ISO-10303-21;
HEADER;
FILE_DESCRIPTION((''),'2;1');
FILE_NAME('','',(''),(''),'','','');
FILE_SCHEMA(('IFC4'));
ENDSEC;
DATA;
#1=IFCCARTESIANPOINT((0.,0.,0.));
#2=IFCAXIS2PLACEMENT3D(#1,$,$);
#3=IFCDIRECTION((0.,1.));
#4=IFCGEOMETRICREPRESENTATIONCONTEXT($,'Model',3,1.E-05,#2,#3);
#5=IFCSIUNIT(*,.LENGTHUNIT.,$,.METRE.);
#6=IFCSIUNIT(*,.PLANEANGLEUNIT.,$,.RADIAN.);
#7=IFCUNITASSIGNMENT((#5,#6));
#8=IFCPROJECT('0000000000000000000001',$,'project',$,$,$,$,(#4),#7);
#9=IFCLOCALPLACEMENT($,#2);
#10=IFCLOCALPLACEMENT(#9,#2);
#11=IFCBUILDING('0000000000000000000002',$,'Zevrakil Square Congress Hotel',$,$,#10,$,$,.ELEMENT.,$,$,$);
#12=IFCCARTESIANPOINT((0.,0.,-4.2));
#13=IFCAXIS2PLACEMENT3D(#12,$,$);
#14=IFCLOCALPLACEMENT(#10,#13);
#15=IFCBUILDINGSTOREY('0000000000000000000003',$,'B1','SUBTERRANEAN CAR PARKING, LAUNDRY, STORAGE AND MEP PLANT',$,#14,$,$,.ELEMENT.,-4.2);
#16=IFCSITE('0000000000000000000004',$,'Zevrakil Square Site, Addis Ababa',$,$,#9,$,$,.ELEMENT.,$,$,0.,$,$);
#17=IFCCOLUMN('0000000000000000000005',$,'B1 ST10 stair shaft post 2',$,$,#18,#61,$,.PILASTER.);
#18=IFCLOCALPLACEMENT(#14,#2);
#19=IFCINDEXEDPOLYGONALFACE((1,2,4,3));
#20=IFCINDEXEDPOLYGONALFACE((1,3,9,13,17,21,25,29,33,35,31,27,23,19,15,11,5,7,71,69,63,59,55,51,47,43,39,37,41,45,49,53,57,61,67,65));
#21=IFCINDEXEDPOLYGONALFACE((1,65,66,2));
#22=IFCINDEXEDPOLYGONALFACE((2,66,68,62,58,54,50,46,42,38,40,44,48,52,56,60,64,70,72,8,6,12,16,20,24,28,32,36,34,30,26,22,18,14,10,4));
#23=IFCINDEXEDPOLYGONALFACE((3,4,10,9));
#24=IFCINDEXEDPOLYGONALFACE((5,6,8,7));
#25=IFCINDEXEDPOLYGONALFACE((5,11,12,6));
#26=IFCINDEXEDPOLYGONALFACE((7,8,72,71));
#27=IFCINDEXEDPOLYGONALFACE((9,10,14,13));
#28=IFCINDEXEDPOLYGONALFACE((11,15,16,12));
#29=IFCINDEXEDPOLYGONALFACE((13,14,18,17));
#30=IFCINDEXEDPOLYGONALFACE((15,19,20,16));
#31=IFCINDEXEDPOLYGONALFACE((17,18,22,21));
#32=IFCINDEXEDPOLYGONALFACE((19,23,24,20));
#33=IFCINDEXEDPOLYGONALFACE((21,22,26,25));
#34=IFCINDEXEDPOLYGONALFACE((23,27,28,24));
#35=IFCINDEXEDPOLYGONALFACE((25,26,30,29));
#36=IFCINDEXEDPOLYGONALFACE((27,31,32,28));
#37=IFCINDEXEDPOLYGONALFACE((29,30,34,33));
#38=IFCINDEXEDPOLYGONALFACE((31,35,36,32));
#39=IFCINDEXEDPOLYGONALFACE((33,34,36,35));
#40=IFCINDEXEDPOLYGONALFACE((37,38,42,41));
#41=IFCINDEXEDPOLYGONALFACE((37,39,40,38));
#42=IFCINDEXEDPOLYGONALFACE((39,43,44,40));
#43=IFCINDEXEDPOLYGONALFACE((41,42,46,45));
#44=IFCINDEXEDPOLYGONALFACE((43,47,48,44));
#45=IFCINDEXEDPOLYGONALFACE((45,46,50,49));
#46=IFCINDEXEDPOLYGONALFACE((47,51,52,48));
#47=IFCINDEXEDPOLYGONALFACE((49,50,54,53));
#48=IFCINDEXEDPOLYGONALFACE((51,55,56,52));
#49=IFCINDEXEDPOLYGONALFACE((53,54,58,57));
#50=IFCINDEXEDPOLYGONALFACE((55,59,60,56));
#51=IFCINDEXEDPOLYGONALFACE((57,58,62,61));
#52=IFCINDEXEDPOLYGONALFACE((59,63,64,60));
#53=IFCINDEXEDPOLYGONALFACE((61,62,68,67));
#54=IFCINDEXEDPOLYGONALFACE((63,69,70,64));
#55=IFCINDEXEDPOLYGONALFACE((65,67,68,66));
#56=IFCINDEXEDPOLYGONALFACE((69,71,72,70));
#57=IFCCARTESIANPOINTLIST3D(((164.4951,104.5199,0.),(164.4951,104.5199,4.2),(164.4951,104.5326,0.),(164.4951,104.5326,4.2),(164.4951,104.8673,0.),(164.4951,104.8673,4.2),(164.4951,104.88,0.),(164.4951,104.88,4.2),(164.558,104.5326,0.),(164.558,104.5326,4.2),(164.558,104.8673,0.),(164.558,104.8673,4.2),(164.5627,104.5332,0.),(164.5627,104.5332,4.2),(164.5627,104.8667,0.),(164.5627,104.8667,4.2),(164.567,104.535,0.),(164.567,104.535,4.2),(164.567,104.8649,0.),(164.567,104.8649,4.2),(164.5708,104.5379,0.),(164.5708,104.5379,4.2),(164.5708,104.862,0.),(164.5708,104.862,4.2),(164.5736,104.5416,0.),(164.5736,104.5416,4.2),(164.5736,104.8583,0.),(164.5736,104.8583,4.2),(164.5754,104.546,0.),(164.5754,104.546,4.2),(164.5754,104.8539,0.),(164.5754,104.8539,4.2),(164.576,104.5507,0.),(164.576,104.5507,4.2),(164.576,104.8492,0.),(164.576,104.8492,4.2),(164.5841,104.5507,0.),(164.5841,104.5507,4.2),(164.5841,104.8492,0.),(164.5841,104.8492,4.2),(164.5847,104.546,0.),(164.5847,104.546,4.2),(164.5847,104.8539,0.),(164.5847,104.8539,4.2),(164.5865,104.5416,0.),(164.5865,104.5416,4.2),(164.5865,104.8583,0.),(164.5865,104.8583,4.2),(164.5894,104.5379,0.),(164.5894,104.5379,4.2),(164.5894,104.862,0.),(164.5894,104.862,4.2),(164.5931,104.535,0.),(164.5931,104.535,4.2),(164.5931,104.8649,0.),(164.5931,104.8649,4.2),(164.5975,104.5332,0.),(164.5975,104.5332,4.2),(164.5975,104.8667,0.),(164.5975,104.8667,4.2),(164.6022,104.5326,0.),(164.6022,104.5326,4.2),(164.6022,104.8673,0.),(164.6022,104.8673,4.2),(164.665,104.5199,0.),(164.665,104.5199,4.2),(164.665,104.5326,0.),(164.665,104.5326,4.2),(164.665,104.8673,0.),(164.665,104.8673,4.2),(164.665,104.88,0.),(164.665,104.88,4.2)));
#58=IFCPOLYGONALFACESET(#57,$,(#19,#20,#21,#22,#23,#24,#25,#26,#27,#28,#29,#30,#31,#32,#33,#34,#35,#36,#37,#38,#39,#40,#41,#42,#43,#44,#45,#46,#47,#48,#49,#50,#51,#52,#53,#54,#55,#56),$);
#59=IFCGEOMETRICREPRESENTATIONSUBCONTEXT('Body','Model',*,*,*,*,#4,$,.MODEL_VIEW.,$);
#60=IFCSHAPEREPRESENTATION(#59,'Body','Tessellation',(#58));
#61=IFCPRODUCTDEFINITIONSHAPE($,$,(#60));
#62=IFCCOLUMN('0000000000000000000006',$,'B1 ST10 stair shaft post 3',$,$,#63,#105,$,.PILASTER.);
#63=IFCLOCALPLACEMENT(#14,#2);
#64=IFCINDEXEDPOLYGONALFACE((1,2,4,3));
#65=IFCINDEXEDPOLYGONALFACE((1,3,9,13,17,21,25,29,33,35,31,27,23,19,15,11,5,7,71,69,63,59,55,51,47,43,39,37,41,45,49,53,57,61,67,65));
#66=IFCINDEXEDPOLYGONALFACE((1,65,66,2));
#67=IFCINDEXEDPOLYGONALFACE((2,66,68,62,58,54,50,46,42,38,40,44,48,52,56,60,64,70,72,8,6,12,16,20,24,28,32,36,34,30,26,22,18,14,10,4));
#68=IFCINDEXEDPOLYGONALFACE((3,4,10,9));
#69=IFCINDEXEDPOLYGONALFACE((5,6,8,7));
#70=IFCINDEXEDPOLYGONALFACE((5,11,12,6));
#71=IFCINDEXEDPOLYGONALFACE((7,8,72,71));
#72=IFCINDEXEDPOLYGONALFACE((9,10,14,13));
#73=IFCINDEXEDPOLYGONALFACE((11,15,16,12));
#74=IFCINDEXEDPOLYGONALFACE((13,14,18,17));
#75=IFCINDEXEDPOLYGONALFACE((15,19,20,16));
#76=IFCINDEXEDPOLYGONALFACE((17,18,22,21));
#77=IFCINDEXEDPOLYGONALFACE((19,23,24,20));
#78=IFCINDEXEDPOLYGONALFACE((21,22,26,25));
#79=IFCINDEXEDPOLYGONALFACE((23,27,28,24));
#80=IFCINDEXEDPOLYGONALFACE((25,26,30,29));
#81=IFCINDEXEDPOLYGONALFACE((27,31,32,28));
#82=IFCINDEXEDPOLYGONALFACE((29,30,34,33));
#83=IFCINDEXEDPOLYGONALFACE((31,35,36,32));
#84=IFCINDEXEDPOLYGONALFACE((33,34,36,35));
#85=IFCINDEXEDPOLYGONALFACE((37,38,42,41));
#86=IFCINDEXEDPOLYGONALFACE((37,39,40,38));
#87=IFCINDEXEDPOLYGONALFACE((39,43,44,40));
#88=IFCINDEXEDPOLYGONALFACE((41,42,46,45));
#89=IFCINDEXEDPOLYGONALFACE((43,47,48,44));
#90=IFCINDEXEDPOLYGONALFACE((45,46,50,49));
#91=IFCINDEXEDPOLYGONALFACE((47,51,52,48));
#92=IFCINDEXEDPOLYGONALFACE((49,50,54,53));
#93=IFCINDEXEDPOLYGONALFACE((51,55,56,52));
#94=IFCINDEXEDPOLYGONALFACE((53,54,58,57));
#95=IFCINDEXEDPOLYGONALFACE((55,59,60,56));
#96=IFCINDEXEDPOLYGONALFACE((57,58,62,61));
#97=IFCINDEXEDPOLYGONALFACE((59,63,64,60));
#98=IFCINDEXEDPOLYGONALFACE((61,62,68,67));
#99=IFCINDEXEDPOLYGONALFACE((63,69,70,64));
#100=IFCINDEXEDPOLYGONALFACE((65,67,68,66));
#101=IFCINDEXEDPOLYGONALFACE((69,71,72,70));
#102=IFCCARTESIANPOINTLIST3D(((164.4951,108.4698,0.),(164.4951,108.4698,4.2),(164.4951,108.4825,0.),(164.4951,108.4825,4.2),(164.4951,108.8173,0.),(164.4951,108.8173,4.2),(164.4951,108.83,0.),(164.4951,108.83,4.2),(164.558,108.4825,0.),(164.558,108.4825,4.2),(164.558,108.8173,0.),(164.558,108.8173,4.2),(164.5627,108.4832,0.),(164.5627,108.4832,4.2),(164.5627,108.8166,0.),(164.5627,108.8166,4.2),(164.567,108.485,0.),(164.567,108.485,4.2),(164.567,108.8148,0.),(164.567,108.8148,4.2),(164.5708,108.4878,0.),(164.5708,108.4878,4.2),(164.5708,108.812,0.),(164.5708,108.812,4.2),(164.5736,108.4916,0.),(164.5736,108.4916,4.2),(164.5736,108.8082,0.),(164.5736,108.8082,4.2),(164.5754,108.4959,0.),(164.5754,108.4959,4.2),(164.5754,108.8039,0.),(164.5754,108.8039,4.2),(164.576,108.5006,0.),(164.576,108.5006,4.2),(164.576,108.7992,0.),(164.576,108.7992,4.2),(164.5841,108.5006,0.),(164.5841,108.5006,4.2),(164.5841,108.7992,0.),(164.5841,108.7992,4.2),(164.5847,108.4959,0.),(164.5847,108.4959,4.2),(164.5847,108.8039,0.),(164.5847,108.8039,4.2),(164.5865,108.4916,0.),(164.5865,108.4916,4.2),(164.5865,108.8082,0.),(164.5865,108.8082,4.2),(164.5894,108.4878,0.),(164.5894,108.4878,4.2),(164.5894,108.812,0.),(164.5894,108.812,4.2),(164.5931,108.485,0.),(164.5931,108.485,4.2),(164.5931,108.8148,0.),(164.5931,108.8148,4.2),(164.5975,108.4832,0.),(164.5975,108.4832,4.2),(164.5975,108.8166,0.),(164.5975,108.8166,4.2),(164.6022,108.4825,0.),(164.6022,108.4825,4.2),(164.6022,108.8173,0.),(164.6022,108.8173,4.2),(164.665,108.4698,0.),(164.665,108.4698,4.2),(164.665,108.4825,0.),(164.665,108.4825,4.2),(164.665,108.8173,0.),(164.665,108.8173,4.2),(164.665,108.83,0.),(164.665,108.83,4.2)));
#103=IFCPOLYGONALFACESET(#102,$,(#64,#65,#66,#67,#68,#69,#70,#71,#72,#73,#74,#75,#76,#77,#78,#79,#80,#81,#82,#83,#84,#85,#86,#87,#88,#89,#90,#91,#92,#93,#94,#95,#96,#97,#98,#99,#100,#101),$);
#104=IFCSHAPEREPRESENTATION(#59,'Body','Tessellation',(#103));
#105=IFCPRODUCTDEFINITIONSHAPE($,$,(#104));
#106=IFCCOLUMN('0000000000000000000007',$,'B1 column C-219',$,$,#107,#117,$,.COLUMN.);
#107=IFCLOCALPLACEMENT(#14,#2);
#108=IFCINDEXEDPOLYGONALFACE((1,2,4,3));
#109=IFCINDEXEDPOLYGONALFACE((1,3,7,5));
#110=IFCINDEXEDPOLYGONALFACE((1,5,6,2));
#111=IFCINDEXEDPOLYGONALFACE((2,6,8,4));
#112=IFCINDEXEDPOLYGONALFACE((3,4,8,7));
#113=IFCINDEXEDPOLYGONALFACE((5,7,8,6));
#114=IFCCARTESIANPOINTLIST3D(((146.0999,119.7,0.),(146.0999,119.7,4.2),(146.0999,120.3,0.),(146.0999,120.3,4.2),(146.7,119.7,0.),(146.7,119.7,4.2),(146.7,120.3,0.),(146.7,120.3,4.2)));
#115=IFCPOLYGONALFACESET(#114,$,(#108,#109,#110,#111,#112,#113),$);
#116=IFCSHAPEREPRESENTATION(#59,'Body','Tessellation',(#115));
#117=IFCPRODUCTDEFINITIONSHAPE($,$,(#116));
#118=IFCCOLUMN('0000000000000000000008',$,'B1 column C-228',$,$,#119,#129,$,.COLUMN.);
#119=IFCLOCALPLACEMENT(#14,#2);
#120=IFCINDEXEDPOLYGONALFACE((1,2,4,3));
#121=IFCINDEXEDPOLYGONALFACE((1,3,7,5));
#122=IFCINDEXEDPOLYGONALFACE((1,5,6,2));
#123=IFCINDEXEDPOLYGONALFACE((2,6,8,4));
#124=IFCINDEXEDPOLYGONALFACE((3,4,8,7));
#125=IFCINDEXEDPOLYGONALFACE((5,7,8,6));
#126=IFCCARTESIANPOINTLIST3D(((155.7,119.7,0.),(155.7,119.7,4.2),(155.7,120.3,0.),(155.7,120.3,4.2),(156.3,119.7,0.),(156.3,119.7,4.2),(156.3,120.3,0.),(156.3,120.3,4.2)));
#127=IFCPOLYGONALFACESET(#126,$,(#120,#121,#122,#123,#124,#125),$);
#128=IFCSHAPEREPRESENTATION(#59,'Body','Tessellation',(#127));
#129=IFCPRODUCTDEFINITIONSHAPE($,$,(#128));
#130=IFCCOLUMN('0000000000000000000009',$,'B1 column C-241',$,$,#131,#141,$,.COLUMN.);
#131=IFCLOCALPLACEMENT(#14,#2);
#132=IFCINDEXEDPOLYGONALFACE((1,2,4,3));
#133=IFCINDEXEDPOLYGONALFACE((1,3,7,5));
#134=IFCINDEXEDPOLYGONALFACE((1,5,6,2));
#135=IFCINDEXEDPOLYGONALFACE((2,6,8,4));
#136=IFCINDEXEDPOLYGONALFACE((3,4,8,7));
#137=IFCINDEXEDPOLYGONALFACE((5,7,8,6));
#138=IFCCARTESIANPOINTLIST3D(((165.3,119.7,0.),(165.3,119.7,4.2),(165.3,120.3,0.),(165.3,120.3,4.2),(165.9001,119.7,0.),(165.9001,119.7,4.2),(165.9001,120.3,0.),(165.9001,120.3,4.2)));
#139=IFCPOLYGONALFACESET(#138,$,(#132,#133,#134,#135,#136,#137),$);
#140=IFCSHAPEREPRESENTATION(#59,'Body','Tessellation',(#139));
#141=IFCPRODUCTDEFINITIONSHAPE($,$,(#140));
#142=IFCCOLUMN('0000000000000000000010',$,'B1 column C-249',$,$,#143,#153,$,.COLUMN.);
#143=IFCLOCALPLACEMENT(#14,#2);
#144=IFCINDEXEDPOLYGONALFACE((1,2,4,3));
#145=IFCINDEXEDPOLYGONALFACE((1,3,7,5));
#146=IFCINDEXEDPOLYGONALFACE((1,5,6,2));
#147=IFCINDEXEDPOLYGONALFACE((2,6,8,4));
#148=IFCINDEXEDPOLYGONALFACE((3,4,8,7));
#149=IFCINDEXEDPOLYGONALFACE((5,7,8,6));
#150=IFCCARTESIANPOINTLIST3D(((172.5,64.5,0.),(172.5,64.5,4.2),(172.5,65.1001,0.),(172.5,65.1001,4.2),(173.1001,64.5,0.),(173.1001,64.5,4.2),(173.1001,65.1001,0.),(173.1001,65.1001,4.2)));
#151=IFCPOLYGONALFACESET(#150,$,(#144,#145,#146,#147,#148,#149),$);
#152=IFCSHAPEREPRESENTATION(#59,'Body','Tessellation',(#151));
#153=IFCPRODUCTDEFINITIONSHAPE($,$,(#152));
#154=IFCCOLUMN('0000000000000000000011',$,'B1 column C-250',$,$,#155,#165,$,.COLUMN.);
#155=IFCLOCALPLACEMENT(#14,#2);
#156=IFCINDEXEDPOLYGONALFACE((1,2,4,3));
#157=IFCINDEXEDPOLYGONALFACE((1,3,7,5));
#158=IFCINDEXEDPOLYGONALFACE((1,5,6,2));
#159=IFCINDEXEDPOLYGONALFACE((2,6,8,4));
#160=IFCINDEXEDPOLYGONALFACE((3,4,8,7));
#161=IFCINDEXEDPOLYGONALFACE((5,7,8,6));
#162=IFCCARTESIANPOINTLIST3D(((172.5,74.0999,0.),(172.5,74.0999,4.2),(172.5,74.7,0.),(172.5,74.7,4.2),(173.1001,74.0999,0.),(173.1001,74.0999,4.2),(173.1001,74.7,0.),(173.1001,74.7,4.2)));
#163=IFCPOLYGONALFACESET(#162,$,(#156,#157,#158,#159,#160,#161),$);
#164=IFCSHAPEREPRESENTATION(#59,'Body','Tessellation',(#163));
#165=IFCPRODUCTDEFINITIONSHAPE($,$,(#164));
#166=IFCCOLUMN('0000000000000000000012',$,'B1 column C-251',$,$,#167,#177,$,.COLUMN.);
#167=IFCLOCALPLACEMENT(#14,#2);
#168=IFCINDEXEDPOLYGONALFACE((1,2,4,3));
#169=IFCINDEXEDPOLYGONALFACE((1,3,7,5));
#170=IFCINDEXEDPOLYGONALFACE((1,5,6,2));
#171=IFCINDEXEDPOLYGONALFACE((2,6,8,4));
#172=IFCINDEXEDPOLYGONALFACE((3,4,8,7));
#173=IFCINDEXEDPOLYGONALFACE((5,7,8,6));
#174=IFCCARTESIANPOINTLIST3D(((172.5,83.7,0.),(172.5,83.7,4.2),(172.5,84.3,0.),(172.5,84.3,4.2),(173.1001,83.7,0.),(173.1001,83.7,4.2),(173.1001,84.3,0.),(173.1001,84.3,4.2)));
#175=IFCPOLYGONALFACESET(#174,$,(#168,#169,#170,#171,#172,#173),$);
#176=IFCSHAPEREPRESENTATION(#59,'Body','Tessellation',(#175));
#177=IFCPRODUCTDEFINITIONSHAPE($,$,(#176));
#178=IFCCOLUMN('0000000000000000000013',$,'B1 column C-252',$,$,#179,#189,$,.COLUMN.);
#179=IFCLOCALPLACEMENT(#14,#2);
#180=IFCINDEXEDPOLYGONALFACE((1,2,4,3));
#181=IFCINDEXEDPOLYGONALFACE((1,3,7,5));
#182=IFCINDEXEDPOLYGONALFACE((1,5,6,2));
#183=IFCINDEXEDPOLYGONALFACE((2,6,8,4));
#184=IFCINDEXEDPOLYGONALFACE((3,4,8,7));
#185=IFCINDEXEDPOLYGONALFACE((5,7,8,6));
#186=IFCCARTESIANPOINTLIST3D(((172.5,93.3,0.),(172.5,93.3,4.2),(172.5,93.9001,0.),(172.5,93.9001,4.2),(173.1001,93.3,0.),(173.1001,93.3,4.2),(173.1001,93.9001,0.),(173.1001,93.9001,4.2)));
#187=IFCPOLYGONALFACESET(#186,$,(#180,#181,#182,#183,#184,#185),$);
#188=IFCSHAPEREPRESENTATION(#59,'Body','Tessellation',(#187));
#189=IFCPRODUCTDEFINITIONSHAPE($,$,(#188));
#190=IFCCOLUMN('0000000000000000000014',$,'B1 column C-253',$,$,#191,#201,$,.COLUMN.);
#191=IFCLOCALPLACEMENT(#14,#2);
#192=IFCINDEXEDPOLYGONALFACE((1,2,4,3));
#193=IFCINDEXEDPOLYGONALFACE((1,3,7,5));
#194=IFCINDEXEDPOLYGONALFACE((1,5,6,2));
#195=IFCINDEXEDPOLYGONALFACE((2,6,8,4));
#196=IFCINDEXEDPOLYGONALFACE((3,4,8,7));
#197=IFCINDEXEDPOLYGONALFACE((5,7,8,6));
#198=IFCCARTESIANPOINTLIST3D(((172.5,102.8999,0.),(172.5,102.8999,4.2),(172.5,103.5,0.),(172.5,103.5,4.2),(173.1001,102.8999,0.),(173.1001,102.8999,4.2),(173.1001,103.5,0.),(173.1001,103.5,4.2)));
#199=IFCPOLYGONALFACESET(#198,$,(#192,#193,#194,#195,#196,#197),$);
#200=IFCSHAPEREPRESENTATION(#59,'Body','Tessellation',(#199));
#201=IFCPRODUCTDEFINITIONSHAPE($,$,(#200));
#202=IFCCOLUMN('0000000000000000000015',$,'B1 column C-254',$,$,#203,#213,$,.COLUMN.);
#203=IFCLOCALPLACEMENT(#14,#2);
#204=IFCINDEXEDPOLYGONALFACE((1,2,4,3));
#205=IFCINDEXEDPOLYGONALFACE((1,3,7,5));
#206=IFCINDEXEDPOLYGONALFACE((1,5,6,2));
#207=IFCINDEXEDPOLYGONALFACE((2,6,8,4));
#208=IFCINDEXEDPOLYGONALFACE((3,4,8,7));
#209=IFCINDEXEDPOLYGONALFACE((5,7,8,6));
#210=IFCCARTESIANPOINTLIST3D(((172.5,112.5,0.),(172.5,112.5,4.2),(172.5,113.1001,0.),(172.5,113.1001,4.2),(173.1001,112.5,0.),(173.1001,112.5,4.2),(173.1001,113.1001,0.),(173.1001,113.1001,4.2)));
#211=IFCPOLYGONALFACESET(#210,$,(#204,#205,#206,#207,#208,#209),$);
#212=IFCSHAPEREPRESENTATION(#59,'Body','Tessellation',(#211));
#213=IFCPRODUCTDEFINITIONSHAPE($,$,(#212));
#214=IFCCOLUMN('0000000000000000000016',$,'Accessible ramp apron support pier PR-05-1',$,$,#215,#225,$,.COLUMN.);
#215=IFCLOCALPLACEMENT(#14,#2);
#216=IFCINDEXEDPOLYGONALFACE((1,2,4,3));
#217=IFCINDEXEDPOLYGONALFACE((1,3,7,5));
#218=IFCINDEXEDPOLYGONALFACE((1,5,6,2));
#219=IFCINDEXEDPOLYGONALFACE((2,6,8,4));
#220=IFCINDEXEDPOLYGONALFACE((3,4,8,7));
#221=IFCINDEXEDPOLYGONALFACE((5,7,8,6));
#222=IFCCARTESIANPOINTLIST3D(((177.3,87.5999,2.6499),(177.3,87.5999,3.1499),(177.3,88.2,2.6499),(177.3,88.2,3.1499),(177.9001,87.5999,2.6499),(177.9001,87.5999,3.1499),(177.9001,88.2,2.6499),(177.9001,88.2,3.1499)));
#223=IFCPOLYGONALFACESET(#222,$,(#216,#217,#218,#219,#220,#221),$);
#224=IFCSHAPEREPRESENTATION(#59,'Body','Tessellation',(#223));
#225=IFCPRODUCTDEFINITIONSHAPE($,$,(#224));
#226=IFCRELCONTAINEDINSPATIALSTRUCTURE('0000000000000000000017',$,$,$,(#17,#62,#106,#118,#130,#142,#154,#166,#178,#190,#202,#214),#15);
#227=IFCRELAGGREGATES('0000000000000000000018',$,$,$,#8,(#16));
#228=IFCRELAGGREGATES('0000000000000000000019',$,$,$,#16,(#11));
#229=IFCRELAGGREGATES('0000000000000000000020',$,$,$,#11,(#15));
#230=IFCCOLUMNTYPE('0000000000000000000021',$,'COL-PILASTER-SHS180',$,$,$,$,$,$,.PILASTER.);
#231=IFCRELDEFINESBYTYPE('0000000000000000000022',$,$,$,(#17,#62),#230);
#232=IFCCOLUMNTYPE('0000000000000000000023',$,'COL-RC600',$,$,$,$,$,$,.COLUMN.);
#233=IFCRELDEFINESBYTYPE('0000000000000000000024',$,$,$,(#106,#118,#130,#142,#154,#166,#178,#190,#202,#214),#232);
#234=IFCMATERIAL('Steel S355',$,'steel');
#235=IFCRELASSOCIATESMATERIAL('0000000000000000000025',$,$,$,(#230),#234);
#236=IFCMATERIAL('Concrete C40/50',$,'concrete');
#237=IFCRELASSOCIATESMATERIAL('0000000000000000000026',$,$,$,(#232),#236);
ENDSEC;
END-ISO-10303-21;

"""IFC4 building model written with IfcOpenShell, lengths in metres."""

from ifc_helpers import new_model, si_unit, direction, frame, origin, origin_2d, place, context, subcontext, project, spatial, rectangle, i_section, extrude, material, material_profile, profile_set, type_object, element, save


model = new_model("IFC4")

# Units and contexts
model_context = context("Model", 3, precision=1e-05, world=origin(), true_north=direction((0.0, 1.0)))
body_context = subcontext(model_context, "Body", "Model", "MODEL_VIEW")
ifc_project = project(units=[si_unit("LENGTHUNIT", "METRE"), si_unit("PLANEANGLEUNIT", "RADIAN")], contexts=[model_context])

# Site, building, storey
site_placement = place(None, origin())
site = spatial("IfcSite", under=ifc_project, at=site_placement, Name="Zevrakil Square Site, Addis Ababa", CompositionType="ELEMENT", RefElevation=0.0)
building_placement = place(site_placement, origin())
building = spatial("IfcBuilding", under=site, at=building_placement, Name="Zevrakil Square Congress Hotel", CompositionType="ELEMENT")
storey_placement = place(building_placement, frame((0.0, 0.0, -4.2)))
storey = spatial("IfcBuildingStorey", under=building, at=storey_placement, Name="B1", Description="SUBTERRANEAN CAR PARKING, LAUNDRY, STORAGE AND MEP PLANT", CompositionType="ELEMENT", Elevation=-4.2)

# Columns
ifc_material_1 = material(Name="Steel S355", Category="steel")
ifc_material_profile_1 = material_profile(ifc_material_1, i_section(OverallWidth=0.1699, OverallDepth=0.3601, WebThickness=0.0081, FlangeThickness=0.0127, FilletRadius=0.0181, at=origin_2d()), Name="IPE 360")
ifc_profile_set_1 = profile_set([ifc_material_profile_1], Name="Steel S355")
column_type_1 = type_object("IfcColumnType", Name="COL-PILASTER-SHS180", PredefinedType="PILASTER", material=ifc_profile_set_1)
for number, where, z_axis, x_axis, name in (
    (1, (164.5801, 104.7, 0.0), (0.0, 0.0, 1.0), (1.0, 0.0, 0.0), "B1 ST10 stair shaft post 2"),
    (2, (164.5801, 108.6499, 0.0), (0.0, 0.0, 1.0), (1.0, 0.0, 0.0), "B1 ST10 stair shaft post 3"),
):
    element("IfcColumn", number, at=place(storey_placement, frame(where, z_axis=z_axis, x_axis=x_axis)), inside=storey, type_object=column_type_1, Name=name, PredefinedType="PILASTER", context=body_context, shape_type="SweptSolid", body=[
        extrude(i_section(OverallWidth=0.1699, OverallDepth=0.3601, WebThickness=0.0081, FlangeThickness=0.0127, FilletRadius=0.0181, at=origin_2d()), origin(), (0.0, 0.0, 1.0), 4.2),
    ])
ifc_material_2 = material(Name="Concrete C40/50", Category="concrete")
ifc_material_profile_2 = material_profile(ifc_material_2, rectangle(XDim=0.6001, YDim=0.6001, at=origin_2d()), Name="RC 600x600")
ifc_profile_set_2 = profile_set([ifc_material_profile_2], Name="Concrete C40/50")
column_type_2 = type_object("IfcColumnType", Name="COL-RC600", PredefinedType="COLUMN", material=ifc_profile_set_2)
for number, where, z_axis, x_axis, name in (
    (3, (146.3999, 120.0, 0.0), (0.0, 0.0, 1.0), (1.0, 0.0, 0.0), "B1 column C-219"),
    (4, (156.0, 120.0, 0.0), (0.0, 0.0, 1.0), (1.0, 0.0, 0.0), "B1 column C-228"),
    (5, (165.6001, 120.0, 0.0), (0.0, 0.0, 1.0), (1.0, 0.0, 0.0), "B1 column C-241"),
    (6, (172.8, 64.8, 0.0), (0.0, 0.0, 1.0), (1.0, 0.0, 0.0), "B1 column C-249"),
    (7, (172.8, 74.3999, 0.0), (0.0, 0.0, 1.0), (1.0, 0.0, 0.0), "B1 column C-250"),
    (8, (172.8, 84.0, 0.0), (0.0, 0.0, 1.0), (1.0, 0.0, 0.0), "B1 column C-251"),
    (9, (172.8, 93.6001, 0.0), (0.0, 0.0, 1.0), (1.0, 0.0, 0.0), "B1 column C-252"),
    (10, (172.8, 103.2, 0.0), (0.0, 0.0, 1.0), (1.0, 0.0, 0.0), "B1 column C-253"),
    (11, (172.8, 112.8, 0.0), (0.0, 0.0, 1.0), (1.0, 0.0, 0.0), "B1 column C-254"),
):
    element("IfcColumn", number, at=place(storey_placement, frame(where, z_axis=z_axis, x_axis=x_axis)), inside=storey, type_object=column_type_2, Name=name, PredefinedType="COLUMN", context=body_context, shape_type="SweptSolid", body=[
        extrude(rectangle(XDim=0.6001, YDim=0.6001, at=origin_2d()), origin(), (0.0, 0.0, 1.0), 4.2),
    ])
for number, where, z_axis, x_axis, name in (
    (12, (177.6001, 87.8999, 2.6499), (0.0, 0.0, 1.0), (1.0, 0.0, 0.0), "Accessible ramp apron support pier PR-05-1"),
):
    element("IfcColumn", number, at=place(storey_placement, frame(where, z_axis=z_axis, x_axis=x_axis)), inside=storey, type_object=column_type_2, Name=name, PredefinedType="COLUMN", context=body_context, shape_type="SweptSolid", body=[
        extrude(rectangle(XDim=0.6001, YDim=0.6001, at=origin_2d()), origin(), (0.0, 0.0, 1.0), 0.5),
    ])

save(model, "model.ifc")
